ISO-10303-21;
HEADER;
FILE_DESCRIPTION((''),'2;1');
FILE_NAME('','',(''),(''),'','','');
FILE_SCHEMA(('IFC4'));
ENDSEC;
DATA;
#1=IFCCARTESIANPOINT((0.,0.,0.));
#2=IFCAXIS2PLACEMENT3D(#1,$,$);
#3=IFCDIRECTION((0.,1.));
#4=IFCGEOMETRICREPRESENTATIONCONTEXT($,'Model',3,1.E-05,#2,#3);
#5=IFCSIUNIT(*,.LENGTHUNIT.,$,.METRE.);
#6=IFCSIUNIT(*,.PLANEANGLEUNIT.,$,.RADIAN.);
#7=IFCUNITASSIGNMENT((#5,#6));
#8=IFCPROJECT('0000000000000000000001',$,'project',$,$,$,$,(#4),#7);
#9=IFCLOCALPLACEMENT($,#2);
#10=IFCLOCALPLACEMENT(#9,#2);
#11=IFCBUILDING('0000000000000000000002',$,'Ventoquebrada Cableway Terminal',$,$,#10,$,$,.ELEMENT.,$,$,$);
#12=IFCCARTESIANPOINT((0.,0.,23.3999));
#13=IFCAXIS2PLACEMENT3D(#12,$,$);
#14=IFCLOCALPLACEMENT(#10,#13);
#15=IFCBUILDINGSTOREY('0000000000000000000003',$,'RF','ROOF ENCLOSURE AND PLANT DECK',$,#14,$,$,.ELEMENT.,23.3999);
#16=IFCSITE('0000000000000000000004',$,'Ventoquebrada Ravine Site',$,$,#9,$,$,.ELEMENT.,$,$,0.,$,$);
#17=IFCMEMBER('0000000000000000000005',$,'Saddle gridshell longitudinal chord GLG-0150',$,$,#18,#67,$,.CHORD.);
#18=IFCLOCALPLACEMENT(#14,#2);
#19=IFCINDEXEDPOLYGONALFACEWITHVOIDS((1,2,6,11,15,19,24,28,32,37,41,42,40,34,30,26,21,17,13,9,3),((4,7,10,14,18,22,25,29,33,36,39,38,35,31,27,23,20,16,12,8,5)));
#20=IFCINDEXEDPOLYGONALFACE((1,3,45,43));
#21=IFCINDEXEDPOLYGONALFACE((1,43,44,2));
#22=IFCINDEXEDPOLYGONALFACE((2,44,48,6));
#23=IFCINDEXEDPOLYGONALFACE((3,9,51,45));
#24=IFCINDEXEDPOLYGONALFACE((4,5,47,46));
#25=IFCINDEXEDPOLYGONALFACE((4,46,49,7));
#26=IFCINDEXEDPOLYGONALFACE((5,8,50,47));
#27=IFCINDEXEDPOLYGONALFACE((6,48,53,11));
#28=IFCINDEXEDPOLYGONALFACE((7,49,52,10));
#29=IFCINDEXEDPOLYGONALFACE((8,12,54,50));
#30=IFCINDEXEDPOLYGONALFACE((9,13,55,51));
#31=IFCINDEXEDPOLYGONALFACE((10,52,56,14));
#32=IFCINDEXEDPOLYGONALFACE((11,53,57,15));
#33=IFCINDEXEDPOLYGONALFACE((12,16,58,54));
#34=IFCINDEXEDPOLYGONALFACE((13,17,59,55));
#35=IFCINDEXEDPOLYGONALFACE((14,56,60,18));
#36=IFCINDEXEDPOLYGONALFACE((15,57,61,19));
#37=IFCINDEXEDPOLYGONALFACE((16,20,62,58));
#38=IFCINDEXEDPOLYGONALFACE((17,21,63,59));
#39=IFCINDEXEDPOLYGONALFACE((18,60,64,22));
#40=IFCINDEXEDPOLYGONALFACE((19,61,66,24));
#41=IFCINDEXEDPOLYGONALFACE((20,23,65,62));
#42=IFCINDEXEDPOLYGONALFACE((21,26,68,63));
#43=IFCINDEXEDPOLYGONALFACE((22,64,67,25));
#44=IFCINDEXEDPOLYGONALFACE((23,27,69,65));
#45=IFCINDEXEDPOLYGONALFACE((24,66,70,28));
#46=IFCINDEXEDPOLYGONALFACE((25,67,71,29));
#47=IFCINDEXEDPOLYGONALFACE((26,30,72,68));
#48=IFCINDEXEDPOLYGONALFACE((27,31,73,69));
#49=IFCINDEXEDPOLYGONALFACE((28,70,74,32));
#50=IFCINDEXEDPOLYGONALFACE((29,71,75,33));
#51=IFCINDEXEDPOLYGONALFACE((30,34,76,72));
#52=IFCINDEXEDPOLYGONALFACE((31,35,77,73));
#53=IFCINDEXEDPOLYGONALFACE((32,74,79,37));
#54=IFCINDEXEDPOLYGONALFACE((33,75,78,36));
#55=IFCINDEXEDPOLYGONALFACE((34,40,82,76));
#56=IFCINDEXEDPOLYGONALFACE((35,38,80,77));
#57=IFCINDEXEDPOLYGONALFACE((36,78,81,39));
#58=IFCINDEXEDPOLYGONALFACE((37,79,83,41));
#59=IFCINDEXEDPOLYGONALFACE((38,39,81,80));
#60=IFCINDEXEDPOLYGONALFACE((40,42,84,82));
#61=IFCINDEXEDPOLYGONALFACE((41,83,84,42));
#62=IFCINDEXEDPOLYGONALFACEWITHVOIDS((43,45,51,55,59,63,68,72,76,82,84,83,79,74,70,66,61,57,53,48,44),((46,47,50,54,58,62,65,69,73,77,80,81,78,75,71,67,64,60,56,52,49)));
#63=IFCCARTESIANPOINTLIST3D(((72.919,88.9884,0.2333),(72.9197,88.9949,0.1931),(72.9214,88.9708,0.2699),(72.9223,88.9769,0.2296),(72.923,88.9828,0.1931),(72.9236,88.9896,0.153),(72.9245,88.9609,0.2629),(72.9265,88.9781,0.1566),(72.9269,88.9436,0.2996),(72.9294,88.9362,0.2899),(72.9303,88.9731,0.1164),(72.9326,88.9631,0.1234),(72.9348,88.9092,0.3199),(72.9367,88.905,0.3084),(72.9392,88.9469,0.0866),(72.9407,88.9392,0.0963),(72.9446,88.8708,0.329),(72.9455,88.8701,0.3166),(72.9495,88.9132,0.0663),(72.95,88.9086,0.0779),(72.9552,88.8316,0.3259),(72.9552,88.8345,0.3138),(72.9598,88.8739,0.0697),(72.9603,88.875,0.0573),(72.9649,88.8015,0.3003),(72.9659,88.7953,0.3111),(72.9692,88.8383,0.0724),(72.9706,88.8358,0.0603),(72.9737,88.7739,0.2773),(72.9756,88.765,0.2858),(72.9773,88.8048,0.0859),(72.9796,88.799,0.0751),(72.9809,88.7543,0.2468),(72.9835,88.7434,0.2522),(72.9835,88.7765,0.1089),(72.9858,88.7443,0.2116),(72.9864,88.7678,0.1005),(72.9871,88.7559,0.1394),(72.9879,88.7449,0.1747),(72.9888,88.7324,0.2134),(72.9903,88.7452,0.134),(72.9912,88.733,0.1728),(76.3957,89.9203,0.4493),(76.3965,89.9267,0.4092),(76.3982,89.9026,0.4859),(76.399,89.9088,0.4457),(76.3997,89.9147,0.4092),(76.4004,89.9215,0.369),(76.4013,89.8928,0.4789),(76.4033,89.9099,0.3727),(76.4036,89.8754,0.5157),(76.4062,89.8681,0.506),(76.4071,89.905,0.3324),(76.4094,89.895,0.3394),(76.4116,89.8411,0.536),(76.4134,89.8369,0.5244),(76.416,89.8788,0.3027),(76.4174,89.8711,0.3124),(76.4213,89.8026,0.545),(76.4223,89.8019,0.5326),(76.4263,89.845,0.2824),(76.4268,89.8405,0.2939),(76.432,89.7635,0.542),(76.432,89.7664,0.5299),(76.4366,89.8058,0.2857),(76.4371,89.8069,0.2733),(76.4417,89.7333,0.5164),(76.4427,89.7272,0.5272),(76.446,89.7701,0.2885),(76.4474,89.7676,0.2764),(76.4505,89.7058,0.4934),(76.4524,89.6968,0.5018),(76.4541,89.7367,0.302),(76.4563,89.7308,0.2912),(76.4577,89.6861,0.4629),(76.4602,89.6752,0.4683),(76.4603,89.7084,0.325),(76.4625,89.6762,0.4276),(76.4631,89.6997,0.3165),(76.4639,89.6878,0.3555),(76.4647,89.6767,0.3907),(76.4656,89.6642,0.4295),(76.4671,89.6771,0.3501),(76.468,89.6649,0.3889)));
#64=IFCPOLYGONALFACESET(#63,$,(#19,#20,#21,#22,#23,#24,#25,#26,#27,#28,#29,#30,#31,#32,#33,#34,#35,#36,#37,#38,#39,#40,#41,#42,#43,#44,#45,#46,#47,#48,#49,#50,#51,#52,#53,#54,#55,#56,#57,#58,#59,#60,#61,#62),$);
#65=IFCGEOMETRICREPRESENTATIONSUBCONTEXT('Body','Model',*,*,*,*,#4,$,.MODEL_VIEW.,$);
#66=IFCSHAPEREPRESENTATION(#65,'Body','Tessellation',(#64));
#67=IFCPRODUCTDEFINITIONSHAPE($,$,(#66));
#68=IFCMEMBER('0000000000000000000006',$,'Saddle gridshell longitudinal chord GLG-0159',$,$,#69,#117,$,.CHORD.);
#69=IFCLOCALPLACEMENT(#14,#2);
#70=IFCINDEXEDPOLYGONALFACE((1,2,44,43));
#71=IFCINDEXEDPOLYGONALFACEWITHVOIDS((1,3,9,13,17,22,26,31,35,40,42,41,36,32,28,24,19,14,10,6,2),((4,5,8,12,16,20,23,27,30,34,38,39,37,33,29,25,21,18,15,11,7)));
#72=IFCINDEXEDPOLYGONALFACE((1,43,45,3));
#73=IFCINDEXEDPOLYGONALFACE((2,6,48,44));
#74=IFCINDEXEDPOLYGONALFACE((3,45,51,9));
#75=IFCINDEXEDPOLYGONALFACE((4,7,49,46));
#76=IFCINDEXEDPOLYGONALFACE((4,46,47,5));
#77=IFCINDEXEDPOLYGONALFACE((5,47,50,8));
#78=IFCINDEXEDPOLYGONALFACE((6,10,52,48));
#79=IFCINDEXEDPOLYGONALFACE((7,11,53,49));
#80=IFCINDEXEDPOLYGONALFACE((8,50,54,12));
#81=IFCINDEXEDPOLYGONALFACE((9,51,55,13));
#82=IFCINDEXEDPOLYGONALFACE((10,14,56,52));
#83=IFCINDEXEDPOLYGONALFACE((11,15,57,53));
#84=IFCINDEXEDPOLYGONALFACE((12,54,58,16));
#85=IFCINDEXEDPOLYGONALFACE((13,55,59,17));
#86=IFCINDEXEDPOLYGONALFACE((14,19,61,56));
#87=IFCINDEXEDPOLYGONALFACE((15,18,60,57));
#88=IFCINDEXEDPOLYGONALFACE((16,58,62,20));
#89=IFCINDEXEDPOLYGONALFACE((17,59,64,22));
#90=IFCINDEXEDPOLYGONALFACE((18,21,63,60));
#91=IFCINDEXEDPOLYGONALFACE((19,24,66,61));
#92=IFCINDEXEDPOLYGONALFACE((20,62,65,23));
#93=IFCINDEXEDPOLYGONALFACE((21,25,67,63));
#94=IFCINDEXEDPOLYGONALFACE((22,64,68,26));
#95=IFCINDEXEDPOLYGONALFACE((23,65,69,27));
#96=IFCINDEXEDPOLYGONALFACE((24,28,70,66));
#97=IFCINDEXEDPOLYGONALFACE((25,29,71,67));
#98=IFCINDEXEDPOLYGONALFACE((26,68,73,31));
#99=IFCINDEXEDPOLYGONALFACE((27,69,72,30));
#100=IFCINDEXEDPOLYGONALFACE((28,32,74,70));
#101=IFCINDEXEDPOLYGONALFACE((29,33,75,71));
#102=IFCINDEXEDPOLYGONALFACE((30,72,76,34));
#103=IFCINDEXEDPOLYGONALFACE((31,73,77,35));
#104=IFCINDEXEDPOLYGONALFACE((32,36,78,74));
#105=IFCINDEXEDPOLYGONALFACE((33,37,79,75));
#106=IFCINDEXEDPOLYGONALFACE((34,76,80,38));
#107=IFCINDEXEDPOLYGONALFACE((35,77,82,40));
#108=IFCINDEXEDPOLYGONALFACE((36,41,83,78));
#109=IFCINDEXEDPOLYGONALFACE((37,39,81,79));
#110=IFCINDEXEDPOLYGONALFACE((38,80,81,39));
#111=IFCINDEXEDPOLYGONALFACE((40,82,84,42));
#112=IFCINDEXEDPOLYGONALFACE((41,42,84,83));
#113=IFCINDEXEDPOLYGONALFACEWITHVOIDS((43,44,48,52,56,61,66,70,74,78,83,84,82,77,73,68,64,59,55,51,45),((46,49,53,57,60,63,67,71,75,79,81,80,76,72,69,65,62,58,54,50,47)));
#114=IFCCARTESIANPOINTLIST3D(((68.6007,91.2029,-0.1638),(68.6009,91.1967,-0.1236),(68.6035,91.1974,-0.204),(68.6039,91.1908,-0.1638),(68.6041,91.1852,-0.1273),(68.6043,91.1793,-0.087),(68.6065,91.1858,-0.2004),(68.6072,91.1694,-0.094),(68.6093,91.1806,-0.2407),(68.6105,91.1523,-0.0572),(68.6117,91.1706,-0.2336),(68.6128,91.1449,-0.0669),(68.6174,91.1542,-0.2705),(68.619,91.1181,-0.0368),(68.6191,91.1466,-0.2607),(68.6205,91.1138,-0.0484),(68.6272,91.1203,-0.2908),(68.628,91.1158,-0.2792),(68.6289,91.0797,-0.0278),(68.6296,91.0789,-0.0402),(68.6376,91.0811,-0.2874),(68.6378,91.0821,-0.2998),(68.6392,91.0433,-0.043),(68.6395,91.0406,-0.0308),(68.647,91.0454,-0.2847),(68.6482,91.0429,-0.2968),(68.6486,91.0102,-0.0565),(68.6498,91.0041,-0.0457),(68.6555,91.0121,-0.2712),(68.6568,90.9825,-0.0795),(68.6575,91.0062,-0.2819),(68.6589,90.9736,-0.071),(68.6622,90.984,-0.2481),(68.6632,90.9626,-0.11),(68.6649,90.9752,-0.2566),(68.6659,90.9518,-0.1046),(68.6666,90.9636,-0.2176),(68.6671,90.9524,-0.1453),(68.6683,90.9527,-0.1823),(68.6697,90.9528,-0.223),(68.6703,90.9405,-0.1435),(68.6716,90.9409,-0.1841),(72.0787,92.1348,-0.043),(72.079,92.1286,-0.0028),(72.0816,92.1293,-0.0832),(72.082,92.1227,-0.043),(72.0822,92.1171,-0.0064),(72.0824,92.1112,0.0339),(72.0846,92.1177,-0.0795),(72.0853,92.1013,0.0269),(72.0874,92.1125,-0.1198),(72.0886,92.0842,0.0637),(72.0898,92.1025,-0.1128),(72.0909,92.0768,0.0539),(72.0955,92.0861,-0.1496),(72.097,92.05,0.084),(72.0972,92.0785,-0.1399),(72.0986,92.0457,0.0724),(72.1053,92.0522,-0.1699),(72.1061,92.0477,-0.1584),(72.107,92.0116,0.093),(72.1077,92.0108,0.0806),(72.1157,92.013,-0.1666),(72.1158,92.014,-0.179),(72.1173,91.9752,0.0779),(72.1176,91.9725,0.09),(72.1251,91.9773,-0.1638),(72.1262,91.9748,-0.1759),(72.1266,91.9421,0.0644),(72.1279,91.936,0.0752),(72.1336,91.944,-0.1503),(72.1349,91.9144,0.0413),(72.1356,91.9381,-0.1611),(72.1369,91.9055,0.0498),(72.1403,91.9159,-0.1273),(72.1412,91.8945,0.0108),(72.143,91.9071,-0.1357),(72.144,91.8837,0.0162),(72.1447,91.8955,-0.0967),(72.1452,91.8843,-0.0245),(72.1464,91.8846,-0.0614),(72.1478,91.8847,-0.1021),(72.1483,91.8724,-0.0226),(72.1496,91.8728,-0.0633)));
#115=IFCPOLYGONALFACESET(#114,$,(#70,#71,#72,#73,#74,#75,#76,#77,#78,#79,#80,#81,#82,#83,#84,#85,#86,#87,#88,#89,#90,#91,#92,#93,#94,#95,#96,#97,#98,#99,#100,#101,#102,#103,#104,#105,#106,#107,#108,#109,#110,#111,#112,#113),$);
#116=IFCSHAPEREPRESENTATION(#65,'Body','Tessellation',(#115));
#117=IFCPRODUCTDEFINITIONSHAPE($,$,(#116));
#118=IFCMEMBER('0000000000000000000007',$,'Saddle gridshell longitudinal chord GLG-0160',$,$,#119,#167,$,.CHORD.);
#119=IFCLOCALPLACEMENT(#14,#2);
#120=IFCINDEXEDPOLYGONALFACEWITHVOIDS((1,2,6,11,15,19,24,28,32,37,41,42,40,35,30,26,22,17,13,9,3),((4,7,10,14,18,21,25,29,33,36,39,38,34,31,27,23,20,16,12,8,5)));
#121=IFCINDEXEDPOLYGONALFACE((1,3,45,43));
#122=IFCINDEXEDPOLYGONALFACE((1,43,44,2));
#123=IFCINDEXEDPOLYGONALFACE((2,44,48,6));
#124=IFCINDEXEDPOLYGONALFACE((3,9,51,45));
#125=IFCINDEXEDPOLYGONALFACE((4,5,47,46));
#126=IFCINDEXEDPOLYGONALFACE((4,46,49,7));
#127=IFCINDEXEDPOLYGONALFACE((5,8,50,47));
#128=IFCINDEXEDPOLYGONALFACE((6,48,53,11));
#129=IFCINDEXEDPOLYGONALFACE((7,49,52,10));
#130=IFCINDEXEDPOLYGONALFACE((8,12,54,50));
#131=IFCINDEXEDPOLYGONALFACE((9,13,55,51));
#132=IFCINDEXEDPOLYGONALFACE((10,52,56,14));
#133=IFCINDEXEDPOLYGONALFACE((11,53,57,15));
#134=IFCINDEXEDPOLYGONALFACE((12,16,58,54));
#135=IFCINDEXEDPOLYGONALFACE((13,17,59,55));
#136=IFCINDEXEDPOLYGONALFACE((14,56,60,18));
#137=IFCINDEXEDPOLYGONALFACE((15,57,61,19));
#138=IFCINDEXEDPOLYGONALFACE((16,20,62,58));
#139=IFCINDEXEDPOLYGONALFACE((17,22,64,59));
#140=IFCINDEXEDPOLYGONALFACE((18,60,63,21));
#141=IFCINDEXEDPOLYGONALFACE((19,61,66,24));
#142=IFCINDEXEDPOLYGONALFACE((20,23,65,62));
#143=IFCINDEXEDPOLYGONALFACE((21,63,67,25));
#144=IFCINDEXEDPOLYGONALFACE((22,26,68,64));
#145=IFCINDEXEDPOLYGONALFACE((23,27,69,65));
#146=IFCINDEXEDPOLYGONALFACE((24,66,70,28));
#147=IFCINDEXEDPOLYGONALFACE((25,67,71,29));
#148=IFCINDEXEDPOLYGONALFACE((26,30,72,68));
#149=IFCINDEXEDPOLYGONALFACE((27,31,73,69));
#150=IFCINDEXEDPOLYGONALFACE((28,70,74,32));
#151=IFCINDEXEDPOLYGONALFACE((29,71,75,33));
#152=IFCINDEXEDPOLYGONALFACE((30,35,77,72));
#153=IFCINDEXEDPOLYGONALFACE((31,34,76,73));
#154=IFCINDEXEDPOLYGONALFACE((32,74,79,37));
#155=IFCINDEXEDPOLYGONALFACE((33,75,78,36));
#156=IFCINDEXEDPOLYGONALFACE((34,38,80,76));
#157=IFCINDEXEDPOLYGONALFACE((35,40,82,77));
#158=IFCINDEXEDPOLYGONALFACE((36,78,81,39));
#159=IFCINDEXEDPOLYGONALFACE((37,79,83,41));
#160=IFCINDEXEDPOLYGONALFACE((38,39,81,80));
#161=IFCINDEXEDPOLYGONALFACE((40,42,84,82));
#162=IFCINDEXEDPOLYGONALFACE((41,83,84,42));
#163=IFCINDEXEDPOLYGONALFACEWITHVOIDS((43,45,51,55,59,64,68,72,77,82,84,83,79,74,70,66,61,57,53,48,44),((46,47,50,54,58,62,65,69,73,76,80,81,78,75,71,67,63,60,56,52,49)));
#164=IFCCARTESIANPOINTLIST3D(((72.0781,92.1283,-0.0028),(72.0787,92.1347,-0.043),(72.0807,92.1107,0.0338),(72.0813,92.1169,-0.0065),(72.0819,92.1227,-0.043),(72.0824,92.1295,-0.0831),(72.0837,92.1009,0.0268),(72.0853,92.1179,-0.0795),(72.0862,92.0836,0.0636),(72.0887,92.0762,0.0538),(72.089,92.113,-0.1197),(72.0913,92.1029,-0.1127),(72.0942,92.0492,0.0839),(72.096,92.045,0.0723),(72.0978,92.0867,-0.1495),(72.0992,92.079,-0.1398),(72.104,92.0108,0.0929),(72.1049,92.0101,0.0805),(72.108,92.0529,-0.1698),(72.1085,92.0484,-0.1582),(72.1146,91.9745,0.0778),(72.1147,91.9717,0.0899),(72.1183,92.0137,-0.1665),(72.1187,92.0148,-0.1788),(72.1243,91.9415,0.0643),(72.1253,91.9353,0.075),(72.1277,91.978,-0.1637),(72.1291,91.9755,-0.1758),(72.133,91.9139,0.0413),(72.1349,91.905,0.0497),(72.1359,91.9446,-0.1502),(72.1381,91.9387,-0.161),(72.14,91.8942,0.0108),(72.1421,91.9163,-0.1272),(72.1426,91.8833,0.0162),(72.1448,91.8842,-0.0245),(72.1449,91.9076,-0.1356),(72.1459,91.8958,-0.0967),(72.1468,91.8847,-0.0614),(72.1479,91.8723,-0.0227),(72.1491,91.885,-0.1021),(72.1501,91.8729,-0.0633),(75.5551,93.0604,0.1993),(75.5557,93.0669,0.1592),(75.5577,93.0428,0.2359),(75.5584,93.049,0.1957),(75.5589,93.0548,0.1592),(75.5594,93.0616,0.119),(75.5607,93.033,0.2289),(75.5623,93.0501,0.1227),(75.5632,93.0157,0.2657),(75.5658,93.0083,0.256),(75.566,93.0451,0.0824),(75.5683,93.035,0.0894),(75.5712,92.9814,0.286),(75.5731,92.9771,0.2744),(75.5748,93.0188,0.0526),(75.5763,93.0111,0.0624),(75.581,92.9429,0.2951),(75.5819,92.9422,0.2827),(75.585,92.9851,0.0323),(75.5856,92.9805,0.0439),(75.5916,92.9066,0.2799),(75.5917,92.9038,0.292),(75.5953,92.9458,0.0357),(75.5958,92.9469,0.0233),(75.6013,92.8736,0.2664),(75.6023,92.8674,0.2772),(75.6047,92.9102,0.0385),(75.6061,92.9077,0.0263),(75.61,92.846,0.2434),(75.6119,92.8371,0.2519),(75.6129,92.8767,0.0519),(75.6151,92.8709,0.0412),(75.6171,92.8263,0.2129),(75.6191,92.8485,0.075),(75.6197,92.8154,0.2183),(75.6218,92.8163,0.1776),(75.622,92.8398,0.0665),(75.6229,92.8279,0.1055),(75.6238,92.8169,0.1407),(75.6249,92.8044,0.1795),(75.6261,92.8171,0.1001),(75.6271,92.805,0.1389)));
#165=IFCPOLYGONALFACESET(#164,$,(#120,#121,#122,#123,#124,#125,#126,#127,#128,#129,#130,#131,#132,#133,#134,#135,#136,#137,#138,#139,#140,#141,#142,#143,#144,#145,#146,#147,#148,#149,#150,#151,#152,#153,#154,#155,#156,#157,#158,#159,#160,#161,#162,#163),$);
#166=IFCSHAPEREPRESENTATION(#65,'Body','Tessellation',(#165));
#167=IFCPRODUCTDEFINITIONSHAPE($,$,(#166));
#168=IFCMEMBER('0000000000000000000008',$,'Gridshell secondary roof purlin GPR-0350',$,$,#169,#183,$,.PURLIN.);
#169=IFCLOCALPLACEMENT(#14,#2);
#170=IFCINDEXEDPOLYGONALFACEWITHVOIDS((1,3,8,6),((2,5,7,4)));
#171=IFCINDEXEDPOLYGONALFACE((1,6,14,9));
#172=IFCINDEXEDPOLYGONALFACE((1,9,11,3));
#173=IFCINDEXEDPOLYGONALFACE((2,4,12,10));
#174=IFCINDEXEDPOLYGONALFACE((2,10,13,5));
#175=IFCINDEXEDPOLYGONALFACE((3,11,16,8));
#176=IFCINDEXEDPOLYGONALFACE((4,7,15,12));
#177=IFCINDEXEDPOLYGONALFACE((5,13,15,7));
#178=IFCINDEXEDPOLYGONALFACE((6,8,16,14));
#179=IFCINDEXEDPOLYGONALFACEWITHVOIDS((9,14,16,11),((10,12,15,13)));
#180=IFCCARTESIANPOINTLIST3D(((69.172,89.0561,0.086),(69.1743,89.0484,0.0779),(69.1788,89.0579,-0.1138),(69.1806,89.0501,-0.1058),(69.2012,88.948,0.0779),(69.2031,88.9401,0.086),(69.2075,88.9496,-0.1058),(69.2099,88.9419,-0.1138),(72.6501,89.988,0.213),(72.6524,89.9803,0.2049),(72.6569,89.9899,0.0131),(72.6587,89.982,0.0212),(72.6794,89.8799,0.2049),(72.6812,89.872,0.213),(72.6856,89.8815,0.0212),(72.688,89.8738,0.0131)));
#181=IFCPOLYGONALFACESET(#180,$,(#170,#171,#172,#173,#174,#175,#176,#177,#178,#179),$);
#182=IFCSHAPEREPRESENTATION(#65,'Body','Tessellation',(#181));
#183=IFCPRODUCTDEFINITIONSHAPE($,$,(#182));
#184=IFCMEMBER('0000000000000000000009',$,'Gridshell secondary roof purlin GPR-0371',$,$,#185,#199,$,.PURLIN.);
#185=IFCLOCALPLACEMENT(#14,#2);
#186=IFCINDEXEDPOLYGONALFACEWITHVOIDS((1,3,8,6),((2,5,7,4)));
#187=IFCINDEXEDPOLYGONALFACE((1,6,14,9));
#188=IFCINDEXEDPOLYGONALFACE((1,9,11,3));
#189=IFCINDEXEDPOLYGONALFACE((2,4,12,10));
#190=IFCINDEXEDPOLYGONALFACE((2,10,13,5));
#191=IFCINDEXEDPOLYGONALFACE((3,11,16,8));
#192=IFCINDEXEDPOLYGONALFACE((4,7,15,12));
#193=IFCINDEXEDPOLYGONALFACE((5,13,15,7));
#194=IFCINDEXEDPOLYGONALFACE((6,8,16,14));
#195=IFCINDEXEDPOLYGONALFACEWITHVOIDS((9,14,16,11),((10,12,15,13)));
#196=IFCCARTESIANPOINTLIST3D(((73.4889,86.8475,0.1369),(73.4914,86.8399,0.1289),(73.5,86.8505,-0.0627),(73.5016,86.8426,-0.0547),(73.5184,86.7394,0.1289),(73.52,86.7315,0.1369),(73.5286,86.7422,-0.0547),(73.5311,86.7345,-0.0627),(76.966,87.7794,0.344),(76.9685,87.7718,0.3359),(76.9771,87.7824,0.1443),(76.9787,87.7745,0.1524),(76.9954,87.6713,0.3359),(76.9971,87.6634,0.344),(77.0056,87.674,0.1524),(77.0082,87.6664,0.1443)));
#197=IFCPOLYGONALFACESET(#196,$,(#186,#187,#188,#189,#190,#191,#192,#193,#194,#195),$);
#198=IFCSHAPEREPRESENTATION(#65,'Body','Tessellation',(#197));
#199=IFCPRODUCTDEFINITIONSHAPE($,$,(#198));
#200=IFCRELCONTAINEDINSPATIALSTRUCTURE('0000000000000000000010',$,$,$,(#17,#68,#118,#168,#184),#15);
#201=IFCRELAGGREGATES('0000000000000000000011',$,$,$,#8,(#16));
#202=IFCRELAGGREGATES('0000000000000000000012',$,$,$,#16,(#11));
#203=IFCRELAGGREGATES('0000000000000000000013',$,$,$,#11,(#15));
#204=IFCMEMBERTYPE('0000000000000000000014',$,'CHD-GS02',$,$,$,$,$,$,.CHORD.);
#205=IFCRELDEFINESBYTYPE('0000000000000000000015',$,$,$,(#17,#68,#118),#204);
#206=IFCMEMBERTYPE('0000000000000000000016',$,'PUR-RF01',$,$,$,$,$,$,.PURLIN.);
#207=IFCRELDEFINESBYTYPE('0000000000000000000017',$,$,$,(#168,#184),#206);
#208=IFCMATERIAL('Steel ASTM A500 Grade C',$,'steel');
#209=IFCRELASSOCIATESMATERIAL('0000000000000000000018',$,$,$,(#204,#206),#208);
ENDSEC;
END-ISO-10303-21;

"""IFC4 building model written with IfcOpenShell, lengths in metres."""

from ifc_helpers import new_model, si_unit, direction, frame, origin, origin_2d, place, context, subcontext, project, spatial, hollow_rectangle, hollow_circle, extrude, material, material_profile, profile_set, type_object, element, save


model = new_model("IFC4")

# Units and contexts
model_context = context("Model", 3, precision=1e-05, world=origin(), true_north=direction((0.0, 1.0)))
body_context = subcontext(model_context, "Body", "Model", "MODEL_VIEW")
ifc_project = project(units=[si_unit("LENGTHUNIT", "METRE"), si_unit("PLANEANGLEUNIT", "RADIAN")], contexts=[model_context])

# Site, building, storey
site_placement = place(None, origin())
site = spatial("IfcSite", under=ifc_project, at=site_placement, Name="Ventoquebrada Ravine Site", CompositionType="ELEMENT", RefElevation=0.0)
building_placement = place(site_placement, origin())
building = spatial("IfcBuilding", under=site, at=building_placement, Name="Ventoquebrada Cableway Terminal", CompositionType="ELEMENT")
storey_placement = place(building_placement, frame((0.0, 0.0, 23.3999)))
storey = spatial("IfcBuildingStorey", under=building, at=storey_placement, Name="RF", Description="ROOF ENCLOSURE AND PLANT DECK", CompositionType="ELEMENT", Elevation=23.3999)

# Members
ifc_material_1 = material(Name="Steel ASTM A500 Grade C", Category="steel")
ifc_material_profile_1 = material_profile(ifc_material_1, hollow_circle(Radius=0.1365, WallThickness=0.0125, at=origin_2d()), Name="CHS273.0X12.5")
ifc_profile_set_1 = profile_set([ifc_material_profile_1], Name="Steel ASTM A500 Grade C")
member_type_1 = type_object("IfcMemberType", Name="CHD-GS02", PredefinedType="CHORD", material=ifc_profile_set_1)
member_1_placement = place(storey_placement, frame((72.9551, 88.863, 0.1931), z_axis=(0.964171, 0.258426, 0.059918), x_axis=(-0.258891, 0.965907, 0.0)))
element("IfcMember", 1, at=member_1_placement, inside=storey, type_object=member_type_1, Name="Saddle gridshell longitudinal chord GLG-0150", PredefinedType="CHORD", context=body_context, shape_type="SweptSolid", body=[
    extrude(hollow_circle(Radius=0.1365, WallThickness=0.0125, at=origin_2d()), origin(), (0.0, 0.0, 1.0), 3.606),
])
member_2_placement = place(storey_placement, frame((68.636, 91.071, -0.1638), z_axis=(0.965386, 0.25866, 0.033544), x_axis=(-0.258806, 0.965929, 0.0)))
element("IfcMember", 2, at=member_2_placement, inside=storey, type_object=member_type_1, Name="Saddle gridshell longitudinal chord GLG-0159", PredefinedType="CHORD", context=body_context, shape_type="SweptSolid", body=[
    extrude(hollow_circle(Radius=0.1365, WallThickness=0.0125, at=origin_2d()), origin(), (0.0, 0.0, 1.0), 3.6028),
])
member_3_placement = place(storey_placement, frame((72.114, 92.0029, -0.043), z_axis=(0.964375, 0.25853, 0.056067), x_axis=(-0.258937, 0.965894, 0.0)))
element("IfcMember", 3, at=member_3_placement, inside=storey, type_object=member_type_1, Name="Saddle gridshell longitudinal chord GLG-0160", PredefinedType="CHORD", context=body_context, shape_type="SweptSolid", body=[
    extrude(hollow_circle(Radius=0.1365, WallThickness=0.0125, at=origin_2d()), origin(), (0.0, 0.0, 1.0), 3.6055),
])
ifc_material_profile_2 = material_profile(ifc_material_1, hollow_rectangle(XDim=0.1201, YDim=0.2, WallThickness=0.0081, at=origin_2d()), Name="RHS200X120X8")
ifc_profile_set_2 = profile_set([ifc_material_profile_2], Name="Steel ASTM A500 Grade C")
member_type_2 = type_object("IfcMemberType", Name="PUR-RF01", PredefinedType="PURLIN", material=ifc_profile_set_2)
member_4_placement = place(storey_placement, frame((69.1909, 88.999, -0.0139), z_axis=(0.965329, 0.258645, 0.035236), x_axis=(-0.258806, 0.965929, 0.0)))
element("IfcMember", 4, at=member_4_placement, inside=storey, type_object=member_type_2, Name="Gridshell secondary roof purlin GPR-0350", PredefinedType="PURLIN", context=body_context, shape_type="SweptSolid", body=[
    extrude(hollow_rectangle(XDim=0.1201, YDim=0.2, WallThickness=0.0081, at=origin_2d()), origin(), (0.0, 0.0, 1.0), 3.603),
])
member_5_placement = place(storey_placement, frame((73.51, 86.791, 0.0371), z_axis=(0.964318, 0.258447, 0.057418), x_axis=(-0.258874, 0.965911, 0.0)))
element("IfcMember", 5, at=member_5_placement, inside=storey, type_object=member_type_2, Name="Gridshell secondary roof purlin GPR-0371", PredefinedType="PURLIN", context=body_context, shape_type="SweptSolid", body=[
    extrude(hollow_rectangle(XDim=0.1201, YDim=0.2, WallThickness=0.0081, at=origin_2d()), origin(), (0.0, 0.0, 1.0), 3.6057),
])

save(model, "model.ifc")
